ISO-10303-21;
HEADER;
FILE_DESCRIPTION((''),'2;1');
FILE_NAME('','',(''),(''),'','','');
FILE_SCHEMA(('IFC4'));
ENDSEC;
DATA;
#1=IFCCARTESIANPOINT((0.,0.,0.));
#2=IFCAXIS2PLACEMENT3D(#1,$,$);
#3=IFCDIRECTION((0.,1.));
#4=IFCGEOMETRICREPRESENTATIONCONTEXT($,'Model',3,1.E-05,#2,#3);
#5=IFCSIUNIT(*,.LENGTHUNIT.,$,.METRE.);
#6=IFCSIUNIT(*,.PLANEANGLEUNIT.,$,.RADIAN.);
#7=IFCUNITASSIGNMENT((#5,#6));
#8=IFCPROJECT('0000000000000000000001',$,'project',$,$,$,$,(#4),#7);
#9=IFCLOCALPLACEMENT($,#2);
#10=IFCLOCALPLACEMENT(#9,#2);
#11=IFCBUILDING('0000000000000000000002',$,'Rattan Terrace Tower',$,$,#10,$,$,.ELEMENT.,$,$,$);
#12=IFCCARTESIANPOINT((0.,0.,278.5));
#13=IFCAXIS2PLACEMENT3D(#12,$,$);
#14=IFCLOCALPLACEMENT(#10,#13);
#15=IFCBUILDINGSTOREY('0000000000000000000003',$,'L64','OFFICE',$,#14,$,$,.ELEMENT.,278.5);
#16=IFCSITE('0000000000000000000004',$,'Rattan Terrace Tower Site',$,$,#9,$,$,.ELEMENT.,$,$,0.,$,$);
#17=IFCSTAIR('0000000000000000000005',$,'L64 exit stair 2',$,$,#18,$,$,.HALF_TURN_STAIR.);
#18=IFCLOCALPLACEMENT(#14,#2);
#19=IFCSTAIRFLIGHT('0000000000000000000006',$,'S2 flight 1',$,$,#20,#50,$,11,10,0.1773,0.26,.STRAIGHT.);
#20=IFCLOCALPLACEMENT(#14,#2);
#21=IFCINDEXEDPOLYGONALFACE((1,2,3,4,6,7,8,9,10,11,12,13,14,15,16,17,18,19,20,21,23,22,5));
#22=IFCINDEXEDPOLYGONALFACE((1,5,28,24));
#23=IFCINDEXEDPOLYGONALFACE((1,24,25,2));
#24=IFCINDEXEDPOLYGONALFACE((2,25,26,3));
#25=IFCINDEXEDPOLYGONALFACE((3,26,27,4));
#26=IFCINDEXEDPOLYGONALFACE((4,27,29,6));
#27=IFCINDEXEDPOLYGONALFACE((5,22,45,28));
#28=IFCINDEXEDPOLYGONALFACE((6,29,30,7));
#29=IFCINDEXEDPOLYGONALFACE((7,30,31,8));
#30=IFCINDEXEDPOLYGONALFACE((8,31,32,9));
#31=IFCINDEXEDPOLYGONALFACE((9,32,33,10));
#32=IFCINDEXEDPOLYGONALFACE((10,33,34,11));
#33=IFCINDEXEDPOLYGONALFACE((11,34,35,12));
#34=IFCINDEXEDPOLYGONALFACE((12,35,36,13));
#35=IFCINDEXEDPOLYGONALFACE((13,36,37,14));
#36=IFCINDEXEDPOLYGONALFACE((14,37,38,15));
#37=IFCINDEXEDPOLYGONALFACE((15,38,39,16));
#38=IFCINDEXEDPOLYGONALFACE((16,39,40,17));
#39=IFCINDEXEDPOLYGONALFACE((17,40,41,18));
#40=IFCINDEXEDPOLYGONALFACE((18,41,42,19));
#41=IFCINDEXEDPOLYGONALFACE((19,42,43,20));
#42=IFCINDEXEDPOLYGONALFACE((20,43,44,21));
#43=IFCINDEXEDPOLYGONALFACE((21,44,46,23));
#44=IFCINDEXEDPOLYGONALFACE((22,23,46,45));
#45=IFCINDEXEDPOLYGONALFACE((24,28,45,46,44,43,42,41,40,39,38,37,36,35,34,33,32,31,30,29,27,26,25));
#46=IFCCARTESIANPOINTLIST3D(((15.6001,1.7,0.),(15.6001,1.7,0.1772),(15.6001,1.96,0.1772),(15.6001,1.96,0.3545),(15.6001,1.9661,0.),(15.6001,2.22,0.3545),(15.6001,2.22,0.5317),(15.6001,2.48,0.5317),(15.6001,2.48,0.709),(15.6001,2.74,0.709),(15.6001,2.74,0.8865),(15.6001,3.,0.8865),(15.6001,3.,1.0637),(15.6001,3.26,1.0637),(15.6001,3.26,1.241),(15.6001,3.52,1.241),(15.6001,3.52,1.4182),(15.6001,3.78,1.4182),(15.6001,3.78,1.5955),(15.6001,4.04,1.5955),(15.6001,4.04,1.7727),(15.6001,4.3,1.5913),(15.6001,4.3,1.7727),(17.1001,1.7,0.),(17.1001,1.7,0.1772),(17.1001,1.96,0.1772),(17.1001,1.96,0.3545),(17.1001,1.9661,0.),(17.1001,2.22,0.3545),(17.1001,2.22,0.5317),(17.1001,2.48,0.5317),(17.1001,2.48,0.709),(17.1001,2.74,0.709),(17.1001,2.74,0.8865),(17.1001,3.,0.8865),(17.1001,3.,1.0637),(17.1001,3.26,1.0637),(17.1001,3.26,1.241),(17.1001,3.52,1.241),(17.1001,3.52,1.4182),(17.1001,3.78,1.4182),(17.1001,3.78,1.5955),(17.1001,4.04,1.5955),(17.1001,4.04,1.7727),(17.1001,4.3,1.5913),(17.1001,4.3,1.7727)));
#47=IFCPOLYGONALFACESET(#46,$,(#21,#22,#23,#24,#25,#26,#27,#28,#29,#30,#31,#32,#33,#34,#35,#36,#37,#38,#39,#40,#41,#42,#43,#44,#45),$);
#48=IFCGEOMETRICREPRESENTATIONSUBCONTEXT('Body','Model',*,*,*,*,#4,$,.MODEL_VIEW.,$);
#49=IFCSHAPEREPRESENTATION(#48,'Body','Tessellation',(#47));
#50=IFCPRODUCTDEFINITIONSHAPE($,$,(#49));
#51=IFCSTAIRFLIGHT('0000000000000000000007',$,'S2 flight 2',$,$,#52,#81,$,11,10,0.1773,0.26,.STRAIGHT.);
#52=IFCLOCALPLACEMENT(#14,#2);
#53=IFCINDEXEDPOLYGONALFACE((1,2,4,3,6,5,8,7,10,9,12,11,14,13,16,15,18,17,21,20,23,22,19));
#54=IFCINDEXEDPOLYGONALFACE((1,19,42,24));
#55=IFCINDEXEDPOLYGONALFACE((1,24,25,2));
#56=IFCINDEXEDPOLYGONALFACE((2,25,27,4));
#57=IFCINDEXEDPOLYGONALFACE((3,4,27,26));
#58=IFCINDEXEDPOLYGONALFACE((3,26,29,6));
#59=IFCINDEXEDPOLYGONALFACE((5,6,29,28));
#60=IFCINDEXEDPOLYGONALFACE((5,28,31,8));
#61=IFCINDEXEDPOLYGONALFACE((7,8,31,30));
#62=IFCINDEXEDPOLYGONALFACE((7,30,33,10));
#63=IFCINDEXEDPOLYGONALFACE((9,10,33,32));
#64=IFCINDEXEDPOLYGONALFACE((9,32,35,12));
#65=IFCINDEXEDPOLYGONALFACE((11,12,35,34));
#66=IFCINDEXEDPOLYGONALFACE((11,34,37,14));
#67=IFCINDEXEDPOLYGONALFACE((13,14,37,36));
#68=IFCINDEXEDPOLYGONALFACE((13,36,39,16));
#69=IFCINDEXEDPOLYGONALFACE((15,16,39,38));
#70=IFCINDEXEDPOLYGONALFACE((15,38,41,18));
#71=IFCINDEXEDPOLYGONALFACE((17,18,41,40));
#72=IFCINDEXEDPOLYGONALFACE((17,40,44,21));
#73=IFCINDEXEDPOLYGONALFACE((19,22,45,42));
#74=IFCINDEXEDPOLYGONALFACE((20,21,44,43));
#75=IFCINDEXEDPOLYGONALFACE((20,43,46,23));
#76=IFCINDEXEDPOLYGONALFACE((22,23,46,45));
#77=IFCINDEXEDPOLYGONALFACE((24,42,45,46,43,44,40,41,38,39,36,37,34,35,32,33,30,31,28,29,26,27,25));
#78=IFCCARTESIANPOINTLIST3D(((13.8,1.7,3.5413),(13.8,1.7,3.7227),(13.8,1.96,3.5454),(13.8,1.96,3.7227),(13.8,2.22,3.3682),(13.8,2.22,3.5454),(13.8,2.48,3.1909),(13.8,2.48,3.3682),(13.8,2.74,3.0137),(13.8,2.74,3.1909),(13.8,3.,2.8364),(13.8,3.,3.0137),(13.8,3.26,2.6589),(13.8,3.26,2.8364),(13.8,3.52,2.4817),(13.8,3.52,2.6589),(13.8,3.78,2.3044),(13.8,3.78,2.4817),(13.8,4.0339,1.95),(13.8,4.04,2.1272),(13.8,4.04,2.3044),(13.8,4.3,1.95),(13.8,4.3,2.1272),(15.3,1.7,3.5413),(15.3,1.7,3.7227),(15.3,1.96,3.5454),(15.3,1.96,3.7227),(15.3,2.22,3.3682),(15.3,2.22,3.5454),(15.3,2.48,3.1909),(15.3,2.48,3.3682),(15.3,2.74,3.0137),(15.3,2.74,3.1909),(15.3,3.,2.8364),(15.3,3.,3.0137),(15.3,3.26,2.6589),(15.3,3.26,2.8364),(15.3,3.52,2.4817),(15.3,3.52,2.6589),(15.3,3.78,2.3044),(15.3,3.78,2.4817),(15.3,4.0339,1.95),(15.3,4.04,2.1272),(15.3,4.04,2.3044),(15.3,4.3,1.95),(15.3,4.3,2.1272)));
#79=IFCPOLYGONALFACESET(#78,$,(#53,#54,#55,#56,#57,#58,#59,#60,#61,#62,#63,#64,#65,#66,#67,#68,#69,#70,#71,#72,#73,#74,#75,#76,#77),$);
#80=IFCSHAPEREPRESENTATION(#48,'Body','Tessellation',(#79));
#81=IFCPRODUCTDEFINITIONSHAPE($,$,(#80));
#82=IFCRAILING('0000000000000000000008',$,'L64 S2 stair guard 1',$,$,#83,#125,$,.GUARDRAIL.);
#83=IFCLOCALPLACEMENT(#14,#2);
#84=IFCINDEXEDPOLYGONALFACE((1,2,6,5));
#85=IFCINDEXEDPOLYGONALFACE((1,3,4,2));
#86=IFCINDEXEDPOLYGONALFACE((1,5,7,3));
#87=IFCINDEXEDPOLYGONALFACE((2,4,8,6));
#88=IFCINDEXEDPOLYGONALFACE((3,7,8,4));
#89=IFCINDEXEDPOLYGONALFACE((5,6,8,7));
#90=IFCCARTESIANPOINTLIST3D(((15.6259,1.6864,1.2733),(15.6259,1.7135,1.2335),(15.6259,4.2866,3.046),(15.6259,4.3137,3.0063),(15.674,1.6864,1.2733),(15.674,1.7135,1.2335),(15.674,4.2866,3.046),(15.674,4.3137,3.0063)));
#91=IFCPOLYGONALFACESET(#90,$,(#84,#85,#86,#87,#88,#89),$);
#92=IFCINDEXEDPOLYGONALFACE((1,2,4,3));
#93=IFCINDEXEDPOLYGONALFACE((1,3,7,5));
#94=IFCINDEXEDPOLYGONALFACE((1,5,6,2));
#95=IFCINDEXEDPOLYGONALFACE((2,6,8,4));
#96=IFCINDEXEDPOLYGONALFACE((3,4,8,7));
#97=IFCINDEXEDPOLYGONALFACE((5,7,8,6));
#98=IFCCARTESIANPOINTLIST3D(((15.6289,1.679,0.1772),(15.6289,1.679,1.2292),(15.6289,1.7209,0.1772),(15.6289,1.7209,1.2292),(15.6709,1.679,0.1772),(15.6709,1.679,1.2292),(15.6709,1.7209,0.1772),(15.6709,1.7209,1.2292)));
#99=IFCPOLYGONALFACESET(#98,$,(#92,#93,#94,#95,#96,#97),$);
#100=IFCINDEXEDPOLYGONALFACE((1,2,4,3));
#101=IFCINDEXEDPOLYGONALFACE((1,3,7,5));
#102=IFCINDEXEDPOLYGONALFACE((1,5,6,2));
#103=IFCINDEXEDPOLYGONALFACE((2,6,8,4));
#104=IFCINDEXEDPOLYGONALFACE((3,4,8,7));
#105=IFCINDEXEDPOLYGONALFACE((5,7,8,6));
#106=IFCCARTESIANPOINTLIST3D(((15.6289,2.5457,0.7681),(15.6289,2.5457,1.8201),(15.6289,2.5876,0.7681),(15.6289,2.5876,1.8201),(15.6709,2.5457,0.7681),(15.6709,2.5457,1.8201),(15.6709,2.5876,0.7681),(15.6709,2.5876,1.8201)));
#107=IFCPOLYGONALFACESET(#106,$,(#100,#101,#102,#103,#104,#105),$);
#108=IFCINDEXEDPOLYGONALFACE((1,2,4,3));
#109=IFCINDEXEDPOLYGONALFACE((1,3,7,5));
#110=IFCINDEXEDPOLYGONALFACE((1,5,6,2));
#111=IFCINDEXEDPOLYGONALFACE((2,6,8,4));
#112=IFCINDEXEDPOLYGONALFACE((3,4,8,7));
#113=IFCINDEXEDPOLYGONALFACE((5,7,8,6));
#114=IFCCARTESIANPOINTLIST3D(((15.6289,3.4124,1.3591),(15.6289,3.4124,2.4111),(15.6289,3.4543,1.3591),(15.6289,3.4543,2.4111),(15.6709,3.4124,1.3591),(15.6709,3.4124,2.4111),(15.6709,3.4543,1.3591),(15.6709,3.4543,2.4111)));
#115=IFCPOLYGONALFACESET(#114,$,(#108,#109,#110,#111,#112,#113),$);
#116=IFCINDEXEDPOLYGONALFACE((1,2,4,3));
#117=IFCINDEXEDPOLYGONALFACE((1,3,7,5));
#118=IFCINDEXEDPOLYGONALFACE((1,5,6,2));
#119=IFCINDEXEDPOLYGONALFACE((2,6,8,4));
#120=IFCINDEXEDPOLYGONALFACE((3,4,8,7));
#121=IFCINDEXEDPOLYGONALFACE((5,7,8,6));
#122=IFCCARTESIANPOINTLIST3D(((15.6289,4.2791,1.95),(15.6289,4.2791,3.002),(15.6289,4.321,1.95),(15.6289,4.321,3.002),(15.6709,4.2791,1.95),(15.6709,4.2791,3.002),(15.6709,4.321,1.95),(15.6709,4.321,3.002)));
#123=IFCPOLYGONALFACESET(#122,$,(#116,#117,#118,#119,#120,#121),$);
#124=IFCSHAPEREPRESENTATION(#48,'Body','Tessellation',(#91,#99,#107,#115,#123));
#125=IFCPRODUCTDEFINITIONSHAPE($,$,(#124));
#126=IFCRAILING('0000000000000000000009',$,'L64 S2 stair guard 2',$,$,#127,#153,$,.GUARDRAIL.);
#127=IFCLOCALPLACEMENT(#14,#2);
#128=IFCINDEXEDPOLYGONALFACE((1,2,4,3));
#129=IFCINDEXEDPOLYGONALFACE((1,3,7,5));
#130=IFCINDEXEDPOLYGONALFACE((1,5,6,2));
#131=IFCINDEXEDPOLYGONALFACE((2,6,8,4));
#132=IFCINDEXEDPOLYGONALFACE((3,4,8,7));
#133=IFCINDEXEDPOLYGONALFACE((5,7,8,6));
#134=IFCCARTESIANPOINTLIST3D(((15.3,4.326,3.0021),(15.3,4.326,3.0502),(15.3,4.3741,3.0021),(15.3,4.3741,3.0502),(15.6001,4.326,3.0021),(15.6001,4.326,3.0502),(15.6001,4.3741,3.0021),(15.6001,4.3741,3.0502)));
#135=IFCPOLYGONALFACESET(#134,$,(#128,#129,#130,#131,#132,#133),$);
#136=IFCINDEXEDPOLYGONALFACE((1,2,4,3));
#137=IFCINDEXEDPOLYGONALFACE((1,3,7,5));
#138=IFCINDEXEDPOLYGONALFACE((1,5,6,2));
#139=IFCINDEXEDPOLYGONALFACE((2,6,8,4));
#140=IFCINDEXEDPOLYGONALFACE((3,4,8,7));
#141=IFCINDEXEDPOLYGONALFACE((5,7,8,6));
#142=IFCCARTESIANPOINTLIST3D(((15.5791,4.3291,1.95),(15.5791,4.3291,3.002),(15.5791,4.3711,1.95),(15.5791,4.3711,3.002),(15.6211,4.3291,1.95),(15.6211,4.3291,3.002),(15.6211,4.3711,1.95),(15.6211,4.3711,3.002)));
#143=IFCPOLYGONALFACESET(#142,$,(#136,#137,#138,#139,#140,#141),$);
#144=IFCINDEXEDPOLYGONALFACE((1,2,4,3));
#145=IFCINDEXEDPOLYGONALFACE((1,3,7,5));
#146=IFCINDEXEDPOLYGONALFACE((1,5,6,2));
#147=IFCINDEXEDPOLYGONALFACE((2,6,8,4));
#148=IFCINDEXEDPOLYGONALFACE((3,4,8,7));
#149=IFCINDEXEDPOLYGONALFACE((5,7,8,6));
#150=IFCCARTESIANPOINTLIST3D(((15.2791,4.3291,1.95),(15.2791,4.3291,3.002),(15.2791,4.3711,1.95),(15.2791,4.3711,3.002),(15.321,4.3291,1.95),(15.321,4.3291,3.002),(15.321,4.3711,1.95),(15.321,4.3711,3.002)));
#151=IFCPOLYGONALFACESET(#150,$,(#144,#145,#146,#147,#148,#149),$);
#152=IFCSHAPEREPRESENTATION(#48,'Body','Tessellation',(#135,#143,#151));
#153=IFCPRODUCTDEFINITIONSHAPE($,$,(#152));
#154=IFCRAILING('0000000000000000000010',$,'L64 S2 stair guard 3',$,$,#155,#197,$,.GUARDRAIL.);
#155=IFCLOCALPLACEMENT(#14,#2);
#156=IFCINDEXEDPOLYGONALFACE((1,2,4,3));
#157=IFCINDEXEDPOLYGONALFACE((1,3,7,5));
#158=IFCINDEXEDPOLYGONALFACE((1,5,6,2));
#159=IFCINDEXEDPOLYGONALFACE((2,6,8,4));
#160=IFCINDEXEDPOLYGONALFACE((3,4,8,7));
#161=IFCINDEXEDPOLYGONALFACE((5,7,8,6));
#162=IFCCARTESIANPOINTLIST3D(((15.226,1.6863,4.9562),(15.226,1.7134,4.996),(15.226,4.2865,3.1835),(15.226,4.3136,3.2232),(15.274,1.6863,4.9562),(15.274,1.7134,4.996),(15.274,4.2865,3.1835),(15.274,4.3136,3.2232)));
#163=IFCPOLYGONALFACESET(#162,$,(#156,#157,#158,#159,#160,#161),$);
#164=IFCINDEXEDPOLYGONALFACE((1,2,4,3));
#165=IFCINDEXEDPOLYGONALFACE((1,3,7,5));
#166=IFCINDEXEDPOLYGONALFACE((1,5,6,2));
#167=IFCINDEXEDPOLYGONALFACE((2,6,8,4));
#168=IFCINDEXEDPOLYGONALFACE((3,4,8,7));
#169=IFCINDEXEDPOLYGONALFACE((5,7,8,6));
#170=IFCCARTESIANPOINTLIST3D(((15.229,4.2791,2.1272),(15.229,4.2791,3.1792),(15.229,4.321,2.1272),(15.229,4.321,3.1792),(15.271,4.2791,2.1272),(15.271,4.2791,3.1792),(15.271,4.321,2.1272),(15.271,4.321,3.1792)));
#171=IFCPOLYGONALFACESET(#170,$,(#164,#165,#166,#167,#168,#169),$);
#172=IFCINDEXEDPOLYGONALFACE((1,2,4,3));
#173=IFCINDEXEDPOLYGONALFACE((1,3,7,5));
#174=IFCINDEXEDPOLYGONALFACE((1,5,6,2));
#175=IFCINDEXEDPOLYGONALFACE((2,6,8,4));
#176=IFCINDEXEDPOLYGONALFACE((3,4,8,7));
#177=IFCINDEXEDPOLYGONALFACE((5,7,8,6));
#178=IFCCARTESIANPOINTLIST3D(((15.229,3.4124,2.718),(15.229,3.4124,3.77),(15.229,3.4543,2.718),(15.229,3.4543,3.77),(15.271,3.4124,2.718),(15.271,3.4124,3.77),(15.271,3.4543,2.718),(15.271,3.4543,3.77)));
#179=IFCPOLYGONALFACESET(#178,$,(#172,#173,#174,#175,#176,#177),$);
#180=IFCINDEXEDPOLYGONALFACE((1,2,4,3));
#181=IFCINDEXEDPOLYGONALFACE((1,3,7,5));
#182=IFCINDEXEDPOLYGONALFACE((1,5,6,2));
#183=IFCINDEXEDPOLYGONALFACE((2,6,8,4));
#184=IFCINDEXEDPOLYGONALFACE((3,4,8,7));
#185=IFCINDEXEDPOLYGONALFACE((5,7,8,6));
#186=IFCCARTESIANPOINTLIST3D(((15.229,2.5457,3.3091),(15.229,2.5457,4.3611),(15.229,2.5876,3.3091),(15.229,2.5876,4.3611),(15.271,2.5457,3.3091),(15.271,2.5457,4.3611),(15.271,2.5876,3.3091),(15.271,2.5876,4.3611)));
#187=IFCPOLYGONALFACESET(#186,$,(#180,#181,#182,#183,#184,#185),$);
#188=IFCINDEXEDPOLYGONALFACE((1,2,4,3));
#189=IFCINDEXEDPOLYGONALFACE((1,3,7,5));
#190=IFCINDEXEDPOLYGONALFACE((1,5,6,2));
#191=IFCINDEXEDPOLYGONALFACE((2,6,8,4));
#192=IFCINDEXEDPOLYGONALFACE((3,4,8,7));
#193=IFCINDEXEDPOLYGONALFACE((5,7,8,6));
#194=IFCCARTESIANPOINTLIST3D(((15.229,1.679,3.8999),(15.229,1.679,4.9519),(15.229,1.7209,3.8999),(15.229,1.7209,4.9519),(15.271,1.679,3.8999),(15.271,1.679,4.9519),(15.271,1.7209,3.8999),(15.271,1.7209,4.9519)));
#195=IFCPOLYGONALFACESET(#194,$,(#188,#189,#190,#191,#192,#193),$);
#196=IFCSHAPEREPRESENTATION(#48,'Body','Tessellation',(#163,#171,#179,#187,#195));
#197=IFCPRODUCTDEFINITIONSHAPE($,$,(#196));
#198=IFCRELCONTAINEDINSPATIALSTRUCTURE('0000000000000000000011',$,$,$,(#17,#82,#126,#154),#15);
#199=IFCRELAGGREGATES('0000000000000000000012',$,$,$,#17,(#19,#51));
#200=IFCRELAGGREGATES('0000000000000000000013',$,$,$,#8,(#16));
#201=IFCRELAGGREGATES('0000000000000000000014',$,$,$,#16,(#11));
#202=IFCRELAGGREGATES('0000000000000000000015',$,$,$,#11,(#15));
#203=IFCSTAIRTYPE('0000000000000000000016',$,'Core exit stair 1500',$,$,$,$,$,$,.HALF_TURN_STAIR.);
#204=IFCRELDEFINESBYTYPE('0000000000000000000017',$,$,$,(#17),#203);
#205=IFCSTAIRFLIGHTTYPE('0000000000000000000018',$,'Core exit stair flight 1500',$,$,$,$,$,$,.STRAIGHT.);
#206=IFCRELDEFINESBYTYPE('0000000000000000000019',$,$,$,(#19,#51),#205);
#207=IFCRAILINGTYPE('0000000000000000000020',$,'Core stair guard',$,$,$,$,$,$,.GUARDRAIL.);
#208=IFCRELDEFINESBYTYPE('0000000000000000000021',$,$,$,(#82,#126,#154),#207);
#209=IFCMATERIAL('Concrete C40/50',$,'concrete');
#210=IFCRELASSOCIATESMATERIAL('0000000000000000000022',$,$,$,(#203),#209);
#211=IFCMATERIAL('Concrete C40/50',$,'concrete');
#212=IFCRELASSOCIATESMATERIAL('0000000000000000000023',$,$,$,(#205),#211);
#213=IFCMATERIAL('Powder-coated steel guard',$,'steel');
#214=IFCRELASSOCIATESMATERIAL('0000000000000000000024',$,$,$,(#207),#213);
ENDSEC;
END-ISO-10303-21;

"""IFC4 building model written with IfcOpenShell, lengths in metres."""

from ifc_helpers import new_model, si_unit, direction, frame, origin, origin_2d, place, context, subcontext, project, spatial, polyline, rectangle, outline, extrude, material, type_object, element, aggregate, save


model = new_model("IFC4")

# Units and contexts
model_context = context("Model", 3, precision=1e-05, world=origin(), true_north=direction((0.0, 1.0)))
body_context = subcontext(model_context, "Body", "Model", "MODEL_VIEW")
ifc_project = project(units=[si_unit("LENGTHUNIT", "METRE"), si_unit("PLANEANGLEUNIT", "RADIAN")], contexts=[model_context])

# Site, building, storey
site_placement = place(None, origin())
site = spatial("IfcSite", under=ifc_project, at=site_placement, Name="Rattan Terrace Tower Site", CompositionType="ELEMENT", RefElevation=0.0)
building_placement = place(site_placement, origin())
building = spatial("IfcBuilding", under=site, at=building_placement, Name="Rattan Terrace Tower", CompositionType="ELEMENT")
storey_placement = place(building_placement, frame((0.0, 0.0, 278.5)))
storey = spatial("IfcBuildingStorey", under=building, at=storey_placement, Name="L64", Description="OFFICE", CompositionType="ELEMENT", Elevation=278.5)

# Stair, stair flights
ifc_material_1 = material(Name="Concrete C40/50", Category="concrete")
stair_type = type_object("IfcStairType", Name="Core exit stair 1500", PredefinedType="HALF_TURN_STAIR", material=ifc_material_1)
stair_placement = place(storey_placement, origin())
stair = element("IfcStair", 1, at=stair_placement, inside=storey, type_object=stair_type, Name="L64 exit stair 2", PredefinedType="HALF_TURN_STAIR")
ifc_material_2 = material(Name="Concrete C40/50", Category="concrete")
stair_flight_type = type_object("IfcStairFlightType", Name="Core exit stair flight 1500", PredefinedType="STRAIGHT", material=ifc_material_2)
stair_flight_1_placement = place(storey_placement, frame((16.3501, 1.7, 0.0), z_axis=(0.0, 0.0, 1.0), x_axis=(0.0, 1.0, 0.0)))
stair_flight_1 = element("IfcStairFlight", 2, at=stair_flight_1_placement, type_object=stair_flight_type, Name="S2 flight 1", NumberOfRisers=11, NumberOfTreads=10, PredefinedType="STRAIGHT", RiserHeight=0.1773, TreadLength=0.26, context=body_context, shape_type="SweptSolid", body=[
    extrude(outline(polyline([(0.0, 0.0), (0.0, 0.1772), (0.26, 0.1772), (0.26, 0.3545), (0.52, 0.3545), (0.52, 0.5317), (0.78, 0.5317), (0.78, 0.709), (1.04, 0.709), (1.04, 0.8865), (1.3, 0.8865), (1.3, 1.0637), (1.5601, 1.0637), (1.5601, 1.241), (1.8201, 1.241), (1.8201, 1.4182), (2.0801, 1.4182), (2.0801, 1.5955), (2.3401, 1.5955), (2.3401, 1.7727), (2.6001, 1.7727), (2.6001, 1.95), (2.6001, 1.5913), (0.2661, 0.0), (0.0, 0.0)])), frame((0.0, 0.75, 0.0), z_axis=(0.0, -1.0, 0.0), x_axis=(1.0, 0.0, 0.0)), (0.0, 0.0, 1.0), 1.5),
])
stair_flight_2_placement = place(storey_placement, frame((14.55, 4.3, 1.95), z_axis=(0.0, 0.0, 1.0), x_axis=(0.0, -1.0, 0.0)))
stair_flight_2 = element("IfcStairFlight", 3, at=stair_flight_2_placement, type_object=stair_flight_type, Name="S2 flight 2", NumberOfRisers=11, NumberOfTreads=10, PredefinedType="STRAIGHT", RiserHeight=0.1773, TreadLength=0.26, context=body_context, shape_type="SweptSolid", body=[
    extrude(outline(polyline([(0.0, 0.0), (0.0, 0.1772), (0.26, 0.1772), (0.26, 0.3545), (0.52, 0.3545), (0.52, 0.5317), (0.78, 0.5317), (0.78, 0.709), (1.04, 0.709), (1.04, 0.8865), (1.3, 0.8865), (1.3, 1.0637), (1.5601, 1.0637), (1.5601, 1.241), (1.8201, 1.241), (1.8201, 1.4182), (2.0801, 1.4182), (2.0801, 1.5955), (2.3401, 1.5955), (2.3401, 1.7727), (2.6001, 1.7727), (2.6001, 1.95), (2.6001, 1.5913), (0.2661, 0.0), (0.0, 0.0)])), frame((0.0, 0.75, 0.0), z_axis=(0.0, -1.0, 0.0), x_axis=(1.0, 0.0, 0.0)), (0.0, 0.0, 1.0), 1.5),
])
aggregate(stair, [stair_flight_1, stair_flight_2])

# Railings
ifc_material_3 = material(Name="Powder-coated steel guard", Category="steel")
railing_type_1 = type_object("IfcRailingType", Name="Core stair guard", PredefinedType="GUARDRAIL", material=ifc_material_3)
railing_1_placement = place(storey_placement, frame((15.6499, 1.7, 0.1772)))
element("IfcRailing", 4, at=railing_1_placement, inside=storey, type_object=railing_type_1, Name="L64 S2 stair guard 1", PredefinedType="GUARDRAIL", context=body_context, shape_type="SweptSolid", body=[
    extrude(rectangle(XDim=0.0481, YDim=0.0481, at=origin_2d()), frame((0.0, 0.0, 1.0762), z_axis=(0.0, 0.82624, 0.563318), x_axis=(-1.0, 0.0, 0.0)), (0.0, 0.0, 1.0), 3.147),
    extrude(rectangle(XDim=0.042, YDim=0.042, at=origin_2d()), origin(), (0.0, 0.0, 1.0), 1.052),
    extrude(rectangle(XDim=0.042, YDim=0.042, at=origin_2d()), frame((0.0, 0.8667, 0.5908)), (0.0, 0.0, 1.0), 1.052),
    extrude(rectangle(XDim=0.042, YDim=0.042, at=origin_2d()), frame((0.0, 1.7334, 1.1819)), (0.0, 0.0, 1.0), 1.052),
    extrude(rectangle(XDim=0.042, YDim=0.042, at=origin_2d()), frame((0.0, 2.6001, 1.7727)), (0.0, 0.0, 1.0), 1.052),
])
railing_2_placement = place(storey_placement, frame((15.6001, 4.3501, 1.95)))
element("IfcRailing", 5, at=railing_2_placement, inside=storey, type_object=railing_type_1, Name="L64 S2 stair guard 2", PredefinedType="GUARDRAIL", context=body_context, shape_type="SweptSolid", body=[
    extrude(rectangle(XDim=0.0481, YDim=0.0481, at=origin_2d()), frame((0.0, 0.0, 1.0762), z_axis=(-1.0, 0.0, 0.0), x_axis=(0.0, -1.0, 0.0)), (0.0, 0.0, 1.0), 0.3),
    extrude(rectangle(XDim=0.042, YDim=0.042, at=origin_2d()), origin(), (0.0, 0.0, 1.0), 1.052),
    extrude(rectangle(XDim=0.042, YDim=0.042, at=origin_2d()), frame((-0.3, 0.0, 0.0)), (0.0, 0.0, 1.0), 1.052),
])
railing_3_placement = place(storey_placement, frame((15.25, 4.3, 2.1272)))
element("IfcRailing", 6, at=railing_3_placement, inside=storey, type_object=railing_type_1, Name="L64 S2 stair guard 3", PredefinedType="GUARDRAIL", context=body_context, shape_type="SweptSolid", body=[
    extrude(rectangle(XDim=0.0481, YDim=0.0481, at=origin_2d()), frame((0.0, 0.0, 1.0762), z_axis=(0.0, -0.82624, 0.563318), x_axis=(1.0, 0.0, 0.0)), (0.0, 0.0, 1.0), 3.147),
    extrude(rectangle(XDim=0.042, YDim=0.042, at=origin_2d()), origin(), (0.0, 0.0, 1.0), 1.052),
    extrude(rectangle(XDim=0.042, YDim=0.042, at=origin_2d()), frame((0.0, -0.8667, 0.5908)), (0.0, 0.0, 1.0), 1.052),
    extrude(rectangle(XDim=0.042, YDim=0.042, at=origin_2d()), frame((0.0, -1.7334, 1.1819)), (0.0, 0.0, 1.0), 1.052),
    extrude(rectangle(XDim=0.042, YDim=0.042, at=origin_2d()), frame((0.0, -2.6001, 1.7727)), (0.0, 0.0, 1.0), 1.052),
])

save(model, "model.ifc")
